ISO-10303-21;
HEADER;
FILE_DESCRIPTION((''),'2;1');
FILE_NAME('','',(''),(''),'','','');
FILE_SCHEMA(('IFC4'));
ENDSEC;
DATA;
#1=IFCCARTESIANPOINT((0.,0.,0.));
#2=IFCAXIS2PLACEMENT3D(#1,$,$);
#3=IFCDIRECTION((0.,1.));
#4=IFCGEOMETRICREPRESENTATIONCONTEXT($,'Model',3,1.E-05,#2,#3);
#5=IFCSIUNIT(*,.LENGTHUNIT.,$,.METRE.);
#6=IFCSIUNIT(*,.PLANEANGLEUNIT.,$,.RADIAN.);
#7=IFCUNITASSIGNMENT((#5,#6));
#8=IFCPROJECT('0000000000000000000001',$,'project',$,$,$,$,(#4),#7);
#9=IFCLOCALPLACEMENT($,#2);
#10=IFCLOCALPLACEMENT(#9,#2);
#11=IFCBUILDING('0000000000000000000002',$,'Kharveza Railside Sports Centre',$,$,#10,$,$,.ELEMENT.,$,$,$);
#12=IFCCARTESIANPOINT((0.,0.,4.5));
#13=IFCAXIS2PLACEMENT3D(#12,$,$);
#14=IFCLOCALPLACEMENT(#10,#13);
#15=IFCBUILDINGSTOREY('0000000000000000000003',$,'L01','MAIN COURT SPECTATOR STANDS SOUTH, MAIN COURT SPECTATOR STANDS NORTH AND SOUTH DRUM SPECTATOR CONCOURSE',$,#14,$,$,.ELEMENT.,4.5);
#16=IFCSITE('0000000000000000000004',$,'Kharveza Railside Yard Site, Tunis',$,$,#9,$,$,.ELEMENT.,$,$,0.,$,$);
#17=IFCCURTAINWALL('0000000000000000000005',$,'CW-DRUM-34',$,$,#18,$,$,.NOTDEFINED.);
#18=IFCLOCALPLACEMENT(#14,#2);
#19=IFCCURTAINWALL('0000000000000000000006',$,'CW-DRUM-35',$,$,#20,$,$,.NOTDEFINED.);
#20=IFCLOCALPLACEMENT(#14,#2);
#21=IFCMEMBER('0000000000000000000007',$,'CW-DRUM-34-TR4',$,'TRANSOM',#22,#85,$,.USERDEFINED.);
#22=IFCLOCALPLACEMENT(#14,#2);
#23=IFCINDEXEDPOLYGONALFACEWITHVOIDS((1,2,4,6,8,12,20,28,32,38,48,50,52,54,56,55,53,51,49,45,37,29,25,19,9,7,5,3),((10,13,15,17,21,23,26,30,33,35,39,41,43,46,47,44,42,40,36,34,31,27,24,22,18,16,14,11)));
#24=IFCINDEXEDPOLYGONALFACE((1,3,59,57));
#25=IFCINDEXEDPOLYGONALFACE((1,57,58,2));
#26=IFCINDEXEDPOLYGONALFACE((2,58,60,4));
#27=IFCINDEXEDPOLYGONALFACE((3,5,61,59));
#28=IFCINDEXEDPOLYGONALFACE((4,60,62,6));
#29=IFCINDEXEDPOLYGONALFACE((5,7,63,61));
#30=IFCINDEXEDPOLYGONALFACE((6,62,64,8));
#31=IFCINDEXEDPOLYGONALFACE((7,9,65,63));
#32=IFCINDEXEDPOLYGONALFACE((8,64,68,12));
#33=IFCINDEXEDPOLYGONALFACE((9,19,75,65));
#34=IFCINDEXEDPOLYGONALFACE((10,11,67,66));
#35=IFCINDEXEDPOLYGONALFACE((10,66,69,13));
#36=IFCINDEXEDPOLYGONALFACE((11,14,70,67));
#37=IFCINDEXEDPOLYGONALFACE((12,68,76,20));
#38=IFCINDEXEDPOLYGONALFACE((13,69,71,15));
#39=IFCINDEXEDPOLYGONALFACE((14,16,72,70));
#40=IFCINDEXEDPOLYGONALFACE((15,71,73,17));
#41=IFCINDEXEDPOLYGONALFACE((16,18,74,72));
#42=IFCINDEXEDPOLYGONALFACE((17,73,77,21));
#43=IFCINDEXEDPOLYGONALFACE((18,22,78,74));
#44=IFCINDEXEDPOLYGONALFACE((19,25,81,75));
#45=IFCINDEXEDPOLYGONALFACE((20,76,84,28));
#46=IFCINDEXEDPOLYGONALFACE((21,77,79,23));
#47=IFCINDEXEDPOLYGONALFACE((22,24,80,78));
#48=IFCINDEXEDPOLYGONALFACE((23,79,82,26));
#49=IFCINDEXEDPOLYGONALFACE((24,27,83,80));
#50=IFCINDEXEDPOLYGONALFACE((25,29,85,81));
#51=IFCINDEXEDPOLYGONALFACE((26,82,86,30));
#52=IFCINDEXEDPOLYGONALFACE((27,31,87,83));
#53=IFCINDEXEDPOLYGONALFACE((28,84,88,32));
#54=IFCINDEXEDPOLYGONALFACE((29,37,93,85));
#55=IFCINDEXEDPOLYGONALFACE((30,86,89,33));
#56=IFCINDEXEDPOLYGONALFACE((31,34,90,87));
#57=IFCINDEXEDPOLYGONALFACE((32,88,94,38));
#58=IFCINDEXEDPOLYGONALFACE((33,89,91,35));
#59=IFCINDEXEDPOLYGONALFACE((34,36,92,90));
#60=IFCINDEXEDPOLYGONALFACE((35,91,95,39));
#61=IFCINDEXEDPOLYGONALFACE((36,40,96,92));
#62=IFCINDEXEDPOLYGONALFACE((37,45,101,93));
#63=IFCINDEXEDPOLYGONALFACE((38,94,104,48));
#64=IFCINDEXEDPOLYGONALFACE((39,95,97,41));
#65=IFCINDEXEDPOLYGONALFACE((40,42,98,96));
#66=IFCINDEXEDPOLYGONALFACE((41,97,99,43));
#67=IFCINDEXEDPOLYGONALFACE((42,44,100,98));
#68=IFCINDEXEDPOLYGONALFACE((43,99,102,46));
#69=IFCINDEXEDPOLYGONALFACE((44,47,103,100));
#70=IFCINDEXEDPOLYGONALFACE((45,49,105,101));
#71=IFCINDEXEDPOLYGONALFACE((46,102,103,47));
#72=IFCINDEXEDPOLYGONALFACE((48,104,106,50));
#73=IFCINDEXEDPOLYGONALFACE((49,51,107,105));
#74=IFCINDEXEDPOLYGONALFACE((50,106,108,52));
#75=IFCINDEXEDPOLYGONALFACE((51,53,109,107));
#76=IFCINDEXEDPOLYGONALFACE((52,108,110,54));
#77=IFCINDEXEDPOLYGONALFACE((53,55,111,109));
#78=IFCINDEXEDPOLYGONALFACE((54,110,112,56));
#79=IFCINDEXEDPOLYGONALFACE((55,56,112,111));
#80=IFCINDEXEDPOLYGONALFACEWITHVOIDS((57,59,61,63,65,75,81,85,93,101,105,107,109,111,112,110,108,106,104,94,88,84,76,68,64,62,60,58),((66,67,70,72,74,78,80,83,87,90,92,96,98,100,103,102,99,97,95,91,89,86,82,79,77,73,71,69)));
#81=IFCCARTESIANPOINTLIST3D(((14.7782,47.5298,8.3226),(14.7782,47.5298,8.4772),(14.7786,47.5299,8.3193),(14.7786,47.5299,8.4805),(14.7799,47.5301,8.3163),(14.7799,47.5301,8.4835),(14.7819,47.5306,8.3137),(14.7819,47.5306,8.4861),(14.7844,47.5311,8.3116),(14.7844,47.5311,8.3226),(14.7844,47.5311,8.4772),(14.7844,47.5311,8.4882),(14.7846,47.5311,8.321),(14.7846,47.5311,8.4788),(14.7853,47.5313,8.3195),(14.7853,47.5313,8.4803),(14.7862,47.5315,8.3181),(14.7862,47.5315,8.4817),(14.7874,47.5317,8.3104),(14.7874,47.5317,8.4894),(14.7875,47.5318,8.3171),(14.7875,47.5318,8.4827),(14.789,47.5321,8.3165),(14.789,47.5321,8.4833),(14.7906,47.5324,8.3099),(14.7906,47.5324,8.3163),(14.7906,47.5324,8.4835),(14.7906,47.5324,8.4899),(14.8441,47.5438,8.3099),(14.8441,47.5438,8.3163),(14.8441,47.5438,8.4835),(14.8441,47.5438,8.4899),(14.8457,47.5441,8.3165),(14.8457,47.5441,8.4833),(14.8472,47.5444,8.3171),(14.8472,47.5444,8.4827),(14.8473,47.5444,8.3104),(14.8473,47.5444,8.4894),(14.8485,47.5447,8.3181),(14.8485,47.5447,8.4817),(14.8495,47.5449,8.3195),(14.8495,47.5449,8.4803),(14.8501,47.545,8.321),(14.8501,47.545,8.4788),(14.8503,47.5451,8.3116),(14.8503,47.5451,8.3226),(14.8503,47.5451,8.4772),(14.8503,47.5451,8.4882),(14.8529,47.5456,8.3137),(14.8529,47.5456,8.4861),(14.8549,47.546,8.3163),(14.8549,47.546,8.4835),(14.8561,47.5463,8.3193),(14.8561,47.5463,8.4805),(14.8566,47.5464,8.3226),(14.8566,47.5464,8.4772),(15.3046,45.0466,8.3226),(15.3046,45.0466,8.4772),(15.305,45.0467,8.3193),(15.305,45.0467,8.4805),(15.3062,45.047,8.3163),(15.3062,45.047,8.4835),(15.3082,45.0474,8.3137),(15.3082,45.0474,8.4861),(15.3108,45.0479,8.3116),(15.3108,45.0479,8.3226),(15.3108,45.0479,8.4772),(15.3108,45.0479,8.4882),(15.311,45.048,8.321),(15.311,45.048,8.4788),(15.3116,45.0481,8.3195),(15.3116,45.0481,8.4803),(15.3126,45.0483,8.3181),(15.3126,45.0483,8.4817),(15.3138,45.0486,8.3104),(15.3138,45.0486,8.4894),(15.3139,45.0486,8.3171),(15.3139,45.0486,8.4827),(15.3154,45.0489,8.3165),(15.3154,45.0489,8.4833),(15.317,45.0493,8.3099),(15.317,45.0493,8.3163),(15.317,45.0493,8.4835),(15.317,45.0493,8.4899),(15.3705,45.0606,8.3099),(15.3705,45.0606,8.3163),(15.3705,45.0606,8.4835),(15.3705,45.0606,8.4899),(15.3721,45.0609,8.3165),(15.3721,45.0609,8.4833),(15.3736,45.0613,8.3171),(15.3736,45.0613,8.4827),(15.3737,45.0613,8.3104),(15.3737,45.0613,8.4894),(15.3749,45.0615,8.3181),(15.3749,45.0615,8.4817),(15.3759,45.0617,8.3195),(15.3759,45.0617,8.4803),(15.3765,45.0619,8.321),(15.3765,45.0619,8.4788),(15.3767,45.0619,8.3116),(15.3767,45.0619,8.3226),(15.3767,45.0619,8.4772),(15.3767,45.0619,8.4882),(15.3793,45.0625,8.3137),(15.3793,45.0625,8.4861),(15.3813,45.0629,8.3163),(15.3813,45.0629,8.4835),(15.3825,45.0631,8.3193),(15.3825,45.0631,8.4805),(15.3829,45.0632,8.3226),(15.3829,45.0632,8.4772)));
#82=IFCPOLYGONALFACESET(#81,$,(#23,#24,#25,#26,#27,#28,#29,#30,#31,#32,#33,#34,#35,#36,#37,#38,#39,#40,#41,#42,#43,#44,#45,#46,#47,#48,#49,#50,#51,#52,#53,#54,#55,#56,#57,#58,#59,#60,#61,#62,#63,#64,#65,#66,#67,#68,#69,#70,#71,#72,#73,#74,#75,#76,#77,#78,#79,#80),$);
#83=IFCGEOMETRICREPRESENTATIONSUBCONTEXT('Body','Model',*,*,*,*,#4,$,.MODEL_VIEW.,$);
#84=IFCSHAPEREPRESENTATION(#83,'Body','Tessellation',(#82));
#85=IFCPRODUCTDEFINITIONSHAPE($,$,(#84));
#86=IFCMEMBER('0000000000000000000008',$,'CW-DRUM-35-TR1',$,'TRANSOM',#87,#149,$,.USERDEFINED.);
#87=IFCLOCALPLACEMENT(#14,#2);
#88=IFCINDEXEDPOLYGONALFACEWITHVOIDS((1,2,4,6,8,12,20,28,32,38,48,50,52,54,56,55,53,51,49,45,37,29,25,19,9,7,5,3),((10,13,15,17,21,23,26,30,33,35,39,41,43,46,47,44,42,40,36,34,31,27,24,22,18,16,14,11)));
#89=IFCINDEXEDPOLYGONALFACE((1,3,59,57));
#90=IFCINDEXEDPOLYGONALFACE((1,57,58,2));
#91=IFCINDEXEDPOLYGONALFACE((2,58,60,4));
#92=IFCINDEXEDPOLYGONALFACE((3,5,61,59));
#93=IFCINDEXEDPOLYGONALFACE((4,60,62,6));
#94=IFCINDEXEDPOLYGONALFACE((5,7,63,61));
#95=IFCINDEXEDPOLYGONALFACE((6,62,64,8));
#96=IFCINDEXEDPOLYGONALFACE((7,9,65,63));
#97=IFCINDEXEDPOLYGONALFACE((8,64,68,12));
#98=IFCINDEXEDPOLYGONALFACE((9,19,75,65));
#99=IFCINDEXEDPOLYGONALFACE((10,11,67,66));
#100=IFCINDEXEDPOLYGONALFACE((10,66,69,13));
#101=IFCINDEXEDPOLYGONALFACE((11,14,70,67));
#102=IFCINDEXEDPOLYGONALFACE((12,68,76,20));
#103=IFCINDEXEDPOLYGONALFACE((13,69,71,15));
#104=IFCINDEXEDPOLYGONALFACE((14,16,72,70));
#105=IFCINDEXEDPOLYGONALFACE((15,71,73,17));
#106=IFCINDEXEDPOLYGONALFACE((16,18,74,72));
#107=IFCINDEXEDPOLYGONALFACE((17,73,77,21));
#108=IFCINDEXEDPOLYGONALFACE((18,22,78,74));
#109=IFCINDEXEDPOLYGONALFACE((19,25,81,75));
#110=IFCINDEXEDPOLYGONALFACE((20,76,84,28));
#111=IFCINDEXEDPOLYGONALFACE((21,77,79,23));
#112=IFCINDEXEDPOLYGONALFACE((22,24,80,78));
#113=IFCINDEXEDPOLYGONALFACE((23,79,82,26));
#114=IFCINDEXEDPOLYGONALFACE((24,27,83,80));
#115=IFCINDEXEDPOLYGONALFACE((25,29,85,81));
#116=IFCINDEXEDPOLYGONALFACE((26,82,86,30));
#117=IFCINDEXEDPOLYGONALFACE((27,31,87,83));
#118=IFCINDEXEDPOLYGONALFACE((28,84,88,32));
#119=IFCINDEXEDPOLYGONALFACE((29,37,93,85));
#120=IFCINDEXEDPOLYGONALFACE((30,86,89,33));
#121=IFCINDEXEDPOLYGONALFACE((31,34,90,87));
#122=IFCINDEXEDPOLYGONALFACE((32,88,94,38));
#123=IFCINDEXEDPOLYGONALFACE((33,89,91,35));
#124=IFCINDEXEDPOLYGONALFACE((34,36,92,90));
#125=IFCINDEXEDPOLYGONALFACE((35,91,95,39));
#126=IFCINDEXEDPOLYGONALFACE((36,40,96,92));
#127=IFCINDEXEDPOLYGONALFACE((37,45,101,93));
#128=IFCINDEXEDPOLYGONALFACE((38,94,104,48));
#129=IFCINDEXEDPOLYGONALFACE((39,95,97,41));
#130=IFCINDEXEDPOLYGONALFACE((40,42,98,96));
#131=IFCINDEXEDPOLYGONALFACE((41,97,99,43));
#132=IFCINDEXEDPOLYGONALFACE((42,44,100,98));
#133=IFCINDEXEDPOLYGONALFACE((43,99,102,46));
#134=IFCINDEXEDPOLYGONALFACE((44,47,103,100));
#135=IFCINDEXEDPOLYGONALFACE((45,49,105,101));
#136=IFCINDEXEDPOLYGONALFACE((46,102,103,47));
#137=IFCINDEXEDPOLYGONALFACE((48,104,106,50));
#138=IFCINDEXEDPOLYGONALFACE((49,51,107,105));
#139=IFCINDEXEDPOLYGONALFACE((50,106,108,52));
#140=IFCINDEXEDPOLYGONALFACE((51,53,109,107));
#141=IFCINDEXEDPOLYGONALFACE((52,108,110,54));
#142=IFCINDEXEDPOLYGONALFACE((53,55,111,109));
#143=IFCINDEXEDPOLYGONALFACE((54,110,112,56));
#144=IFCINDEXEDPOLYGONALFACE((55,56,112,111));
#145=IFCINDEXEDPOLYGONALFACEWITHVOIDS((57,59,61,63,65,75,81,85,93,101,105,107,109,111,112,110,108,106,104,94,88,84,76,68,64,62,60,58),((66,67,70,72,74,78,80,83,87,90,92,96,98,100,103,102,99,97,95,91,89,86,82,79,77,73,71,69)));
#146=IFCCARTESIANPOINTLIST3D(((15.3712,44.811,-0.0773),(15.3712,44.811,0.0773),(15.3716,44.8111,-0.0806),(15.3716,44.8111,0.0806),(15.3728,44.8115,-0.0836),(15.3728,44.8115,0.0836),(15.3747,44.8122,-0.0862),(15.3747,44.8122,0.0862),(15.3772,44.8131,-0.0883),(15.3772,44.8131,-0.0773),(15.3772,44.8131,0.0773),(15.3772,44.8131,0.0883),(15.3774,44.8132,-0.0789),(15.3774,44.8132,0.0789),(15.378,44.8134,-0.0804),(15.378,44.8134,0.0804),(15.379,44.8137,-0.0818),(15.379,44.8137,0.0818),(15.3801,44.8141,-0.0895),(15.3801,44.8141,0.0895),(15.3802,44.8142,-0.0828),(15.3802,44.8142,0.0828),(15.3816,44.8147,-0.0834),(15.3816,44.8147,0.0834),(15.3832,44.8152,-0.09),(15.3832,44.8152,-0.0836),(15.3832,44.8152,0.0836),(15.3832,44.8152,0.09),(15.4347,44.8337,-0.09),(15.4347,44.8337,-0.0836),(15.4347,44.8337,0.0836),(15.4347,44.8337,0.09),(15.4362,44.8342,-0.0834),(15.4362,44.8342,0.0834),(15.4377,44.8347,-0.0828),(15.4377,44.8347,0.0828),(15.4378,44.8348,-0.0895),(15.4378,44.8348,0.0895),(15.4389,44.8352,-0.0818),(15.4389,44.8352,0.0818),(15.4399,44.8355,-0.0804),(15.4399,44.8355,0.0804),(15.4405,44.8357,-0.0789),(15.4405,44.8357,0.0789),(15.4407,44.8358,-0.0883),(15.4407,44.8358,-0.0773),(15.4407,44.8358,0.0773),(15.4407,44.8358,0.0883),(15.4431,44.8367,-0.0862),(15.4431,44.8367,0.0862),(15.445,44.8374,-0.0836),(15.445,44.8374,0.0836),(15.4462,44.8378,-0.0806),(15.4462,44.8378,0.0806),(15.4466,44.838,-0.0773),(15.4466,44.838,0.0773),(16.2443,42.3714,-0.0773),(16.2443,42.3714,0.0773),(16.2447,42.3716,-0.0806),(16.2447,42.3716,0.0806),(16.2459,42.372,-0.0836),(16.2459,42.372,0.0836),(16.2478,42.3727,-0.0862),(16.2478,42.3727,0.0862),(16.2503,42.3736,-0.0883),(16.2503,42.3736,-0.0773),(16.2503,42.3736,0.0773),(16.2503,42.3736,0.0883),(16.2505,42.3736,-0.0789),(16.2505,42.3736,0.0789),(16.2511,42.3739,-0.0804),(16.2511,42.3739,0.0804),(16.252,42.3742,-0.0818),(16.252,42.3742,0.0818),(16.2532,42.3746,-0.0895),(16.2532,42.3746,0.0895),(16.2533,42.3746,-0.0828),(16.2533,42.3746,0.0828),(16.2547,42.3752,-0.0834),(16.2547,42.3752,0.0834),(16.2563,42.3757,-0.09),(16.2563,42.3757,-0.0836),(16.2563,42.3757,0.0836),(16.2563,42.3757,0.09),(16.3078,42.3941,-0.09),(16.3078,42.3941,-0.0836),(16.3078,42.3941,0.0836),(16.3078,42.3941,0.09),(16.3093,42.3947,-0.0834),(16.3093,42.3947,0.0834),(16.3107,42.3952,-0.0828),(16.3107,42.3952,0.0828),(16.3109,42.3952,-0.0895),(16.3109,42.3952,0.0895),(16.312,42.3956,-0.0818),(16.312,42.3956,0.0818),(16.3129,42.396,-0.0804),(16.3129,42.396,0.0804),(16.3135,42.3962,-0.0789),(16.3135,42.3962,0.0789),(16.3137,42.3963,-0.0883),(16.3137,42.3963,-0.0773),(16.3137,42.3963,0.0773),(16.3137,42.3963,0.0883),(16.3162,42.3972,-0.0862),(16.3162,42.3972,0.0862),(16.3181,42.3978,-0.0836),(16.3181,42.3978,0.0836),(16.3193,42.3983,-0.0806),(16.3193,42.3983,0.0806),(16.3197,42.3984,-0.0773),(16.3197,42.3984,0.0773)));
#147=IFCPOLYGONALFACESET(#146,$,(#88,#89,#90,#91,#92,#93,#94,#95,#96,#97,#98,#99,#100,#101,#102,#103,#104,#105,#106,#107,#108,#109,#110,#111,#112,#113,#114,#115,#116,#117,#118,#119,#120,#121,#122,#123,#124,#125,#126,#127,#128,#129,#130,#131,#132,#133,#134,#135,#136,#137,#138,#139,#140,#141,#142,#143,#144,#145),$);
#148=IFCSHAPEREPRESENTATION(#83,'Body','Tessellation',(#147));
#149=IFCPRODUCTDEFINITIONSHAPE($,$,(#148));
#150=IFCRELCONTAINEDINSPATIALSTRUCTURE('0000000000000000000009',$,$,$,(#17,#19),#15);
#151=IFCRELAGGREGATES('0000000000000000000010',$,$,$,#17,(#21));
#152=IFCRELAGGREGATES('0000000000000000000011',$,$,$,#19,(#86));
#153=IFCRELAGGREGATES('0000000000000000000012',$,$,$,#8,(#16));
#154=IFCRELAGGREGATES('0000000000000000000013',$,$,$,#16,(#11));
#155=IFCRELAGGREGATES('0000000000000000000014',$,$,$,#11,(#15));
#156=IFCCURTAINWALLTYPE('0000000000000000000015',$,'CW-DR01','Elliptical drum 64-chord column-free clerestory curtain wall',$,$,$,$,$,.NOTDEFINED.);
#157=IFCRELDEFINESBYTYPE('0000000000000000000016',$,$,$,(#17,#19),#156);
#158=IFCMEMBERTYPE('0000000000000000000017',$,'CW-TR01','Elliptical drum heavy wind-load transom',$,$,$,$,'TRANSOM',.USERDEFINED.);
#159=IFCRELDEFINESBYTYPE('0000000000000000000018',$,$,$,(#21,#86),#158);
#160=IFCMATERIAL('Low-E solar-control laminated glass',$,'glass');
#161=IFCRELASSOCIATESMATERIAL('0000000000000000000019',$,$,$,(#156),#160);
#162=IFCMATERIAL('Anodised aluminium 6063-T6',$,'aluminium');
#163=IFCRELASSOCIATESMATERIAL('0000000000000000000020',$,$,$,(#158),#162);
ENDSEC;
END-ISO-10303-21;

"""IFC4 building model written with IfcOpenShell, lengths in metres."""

from ifc_helpers import new_model, si_unit, direction, frame, origin, origin_2d, place, context, subcontext, project, spatial, hollow_rectangle, extrude, material, material_profile, profile_set, type_object, element, aggregate, save


model = new_model("IFC4")

# Units and contexts
model_context = context("Model", 3, precision=1e-05, world=origin(), true_north=direction((0.0, 1.0)))
body_context = subcontext(model_context, "Body", "Model", "MODEL_VIEW")
ifc_project = project(units=[si_unit("LENGTHUNIT", "METRE"), si_unit("PLANEANGLEUNIT", "RADIAN")], contexts=[model_context])

# Site, building, storey
site_placement = place(None, origin())
site = spatial("IfcSite", under=ifc_project, at=site_placement, Name="Kharveza Railside Yard Site, Tunis", CompositionType="ELEMENT", RefElevation=0.0)
building_placement = place(site_placement, origin())
building = spatial("IfcBuilding", under=site, at=building_placement, Name="Kharveza Railside Sports Centre", CompositionType="ELEMENT")
storey_placement = place(building_placement, frame((0.0, 0.0, 4.5)))
storey = spatial("IfcBuildingStorey", under=building, at=storey_placement, Name="L01", Description="MAIN COURT SPECTATOR STANDS SOUTH, MAIN COURT SPECTATOR STANDS NORTH AND SOUTH DRUM SPECTATOR CONCOURSE", CompositionType="ELEMENT", Elevation=4.5)

# Curtain walls
ifc_material_1 = material(Name="Low-E solar-control laminated glass", Category="glass")
curtain_wall_type = type_object("IfcCurtainWallType", Name="CW-DR01", Description="Elliptical drum 64-chord column-free clerestory curtain wall", PredefinedType="NOTDEFINED", material=ifc_material_1)
ifc_material_2 = material(Name="Anodised aluminium 6063-T6", Category="aluminium")
curtain_wall_1_placement = place(storey_placement, origin())
curtain_wall_1 = element("IfcCurtainWall", 1, at=curtain_wall_1_placement, inside=storey, type_object=curtain_wall_type, Name="CW-DRUM-34", PredefinedType="NOTDEFINED")
curtain_wall_2_placement = place(storey_placement, origin())
curtain_wall_2 = element("IfcCurtainWall", 2, at=curtain_wall_2_placement, inside=storey, type_object=curtain_wall_type, Name="CW-DRUM-35", PredefinedType="NOTDEFINED")

# Members
ifc_material_profile_1 = material_profile(ifc_material_2, hollow_rectangle(XDim=0.0801, YDim=0.1799, WallThickness=0.0063, InnerFilletRadius=0.0063, OuterFilletRadius=0.0127, at=origin_2d()), Name="RHS 80x180x6.3")
ifc_profile_set_1 = profile_set([ifc_material_profile_1], Name="Anodised aluminium 6063-T6")
member_type_1 = type_object("IfcMemberType", Name="CW-TR01", Description="Elliptical drum heavy wind-load transom", ElementType="TRANSOM", PredefinedType="USERDEFINED", material=ifc_profile_set_1)
member_1_placement = place(storey_placement, frame((14.8174, 47.5381, 8.3999), z_axis=(0.207368, -0.978263, 0.0), x_axis=(0.978263, 0.207368, 0.0)))
member_1 = element("IfcMember", 3, at=member_1_placement, type_object=member_type_1, Name="CW-DRUM-34-TR4", ObjectType="TRANSOM", PredefinedType="USERDEFINED", context=body_context, shape_type="SweptSolid", body=[
    extrude(hollow_rectangle(XDim=0.0801, YDim=0.1799, WallThickness=0.0063, InnerFilletRadius=0.0063, OuterFilletRadius=0.0127, at=origin_2d()), origin(), (0.0, 0.0, 1.0), 2.5383),
])
member_2_placement = place(storey_placement, frame((15.4089, 44.8245, 0.0), z_axis=(0.336957, -0.94152, 0.0), x_axis=(0.94152, 0.336957, 0.0)))
member_2 = element("IfcMember", 4, at=member_2_placement, type_object=member_type_1, Name="CW-DRUM-35-TR1", ObjectType="TRANSOM", PredefinedType="USERDEFINED", context=body_context, shape_type="SweptSolid", body=[
    extrude(hollow_rectangle(XDim=0.0801, YDim=0.1799, WallThickness=0.0063, InnerFilletRadius=0.0063, OuterFilletRadius=0.0127, at=origin_2d()), origin(), (0.0, 0.0, 1.0), 2.5911),
])

aggregate(curtain_wall_1, [member_1])
aggregate(curtain_wall_2, [member_2])

save(model, "model.ifc")
